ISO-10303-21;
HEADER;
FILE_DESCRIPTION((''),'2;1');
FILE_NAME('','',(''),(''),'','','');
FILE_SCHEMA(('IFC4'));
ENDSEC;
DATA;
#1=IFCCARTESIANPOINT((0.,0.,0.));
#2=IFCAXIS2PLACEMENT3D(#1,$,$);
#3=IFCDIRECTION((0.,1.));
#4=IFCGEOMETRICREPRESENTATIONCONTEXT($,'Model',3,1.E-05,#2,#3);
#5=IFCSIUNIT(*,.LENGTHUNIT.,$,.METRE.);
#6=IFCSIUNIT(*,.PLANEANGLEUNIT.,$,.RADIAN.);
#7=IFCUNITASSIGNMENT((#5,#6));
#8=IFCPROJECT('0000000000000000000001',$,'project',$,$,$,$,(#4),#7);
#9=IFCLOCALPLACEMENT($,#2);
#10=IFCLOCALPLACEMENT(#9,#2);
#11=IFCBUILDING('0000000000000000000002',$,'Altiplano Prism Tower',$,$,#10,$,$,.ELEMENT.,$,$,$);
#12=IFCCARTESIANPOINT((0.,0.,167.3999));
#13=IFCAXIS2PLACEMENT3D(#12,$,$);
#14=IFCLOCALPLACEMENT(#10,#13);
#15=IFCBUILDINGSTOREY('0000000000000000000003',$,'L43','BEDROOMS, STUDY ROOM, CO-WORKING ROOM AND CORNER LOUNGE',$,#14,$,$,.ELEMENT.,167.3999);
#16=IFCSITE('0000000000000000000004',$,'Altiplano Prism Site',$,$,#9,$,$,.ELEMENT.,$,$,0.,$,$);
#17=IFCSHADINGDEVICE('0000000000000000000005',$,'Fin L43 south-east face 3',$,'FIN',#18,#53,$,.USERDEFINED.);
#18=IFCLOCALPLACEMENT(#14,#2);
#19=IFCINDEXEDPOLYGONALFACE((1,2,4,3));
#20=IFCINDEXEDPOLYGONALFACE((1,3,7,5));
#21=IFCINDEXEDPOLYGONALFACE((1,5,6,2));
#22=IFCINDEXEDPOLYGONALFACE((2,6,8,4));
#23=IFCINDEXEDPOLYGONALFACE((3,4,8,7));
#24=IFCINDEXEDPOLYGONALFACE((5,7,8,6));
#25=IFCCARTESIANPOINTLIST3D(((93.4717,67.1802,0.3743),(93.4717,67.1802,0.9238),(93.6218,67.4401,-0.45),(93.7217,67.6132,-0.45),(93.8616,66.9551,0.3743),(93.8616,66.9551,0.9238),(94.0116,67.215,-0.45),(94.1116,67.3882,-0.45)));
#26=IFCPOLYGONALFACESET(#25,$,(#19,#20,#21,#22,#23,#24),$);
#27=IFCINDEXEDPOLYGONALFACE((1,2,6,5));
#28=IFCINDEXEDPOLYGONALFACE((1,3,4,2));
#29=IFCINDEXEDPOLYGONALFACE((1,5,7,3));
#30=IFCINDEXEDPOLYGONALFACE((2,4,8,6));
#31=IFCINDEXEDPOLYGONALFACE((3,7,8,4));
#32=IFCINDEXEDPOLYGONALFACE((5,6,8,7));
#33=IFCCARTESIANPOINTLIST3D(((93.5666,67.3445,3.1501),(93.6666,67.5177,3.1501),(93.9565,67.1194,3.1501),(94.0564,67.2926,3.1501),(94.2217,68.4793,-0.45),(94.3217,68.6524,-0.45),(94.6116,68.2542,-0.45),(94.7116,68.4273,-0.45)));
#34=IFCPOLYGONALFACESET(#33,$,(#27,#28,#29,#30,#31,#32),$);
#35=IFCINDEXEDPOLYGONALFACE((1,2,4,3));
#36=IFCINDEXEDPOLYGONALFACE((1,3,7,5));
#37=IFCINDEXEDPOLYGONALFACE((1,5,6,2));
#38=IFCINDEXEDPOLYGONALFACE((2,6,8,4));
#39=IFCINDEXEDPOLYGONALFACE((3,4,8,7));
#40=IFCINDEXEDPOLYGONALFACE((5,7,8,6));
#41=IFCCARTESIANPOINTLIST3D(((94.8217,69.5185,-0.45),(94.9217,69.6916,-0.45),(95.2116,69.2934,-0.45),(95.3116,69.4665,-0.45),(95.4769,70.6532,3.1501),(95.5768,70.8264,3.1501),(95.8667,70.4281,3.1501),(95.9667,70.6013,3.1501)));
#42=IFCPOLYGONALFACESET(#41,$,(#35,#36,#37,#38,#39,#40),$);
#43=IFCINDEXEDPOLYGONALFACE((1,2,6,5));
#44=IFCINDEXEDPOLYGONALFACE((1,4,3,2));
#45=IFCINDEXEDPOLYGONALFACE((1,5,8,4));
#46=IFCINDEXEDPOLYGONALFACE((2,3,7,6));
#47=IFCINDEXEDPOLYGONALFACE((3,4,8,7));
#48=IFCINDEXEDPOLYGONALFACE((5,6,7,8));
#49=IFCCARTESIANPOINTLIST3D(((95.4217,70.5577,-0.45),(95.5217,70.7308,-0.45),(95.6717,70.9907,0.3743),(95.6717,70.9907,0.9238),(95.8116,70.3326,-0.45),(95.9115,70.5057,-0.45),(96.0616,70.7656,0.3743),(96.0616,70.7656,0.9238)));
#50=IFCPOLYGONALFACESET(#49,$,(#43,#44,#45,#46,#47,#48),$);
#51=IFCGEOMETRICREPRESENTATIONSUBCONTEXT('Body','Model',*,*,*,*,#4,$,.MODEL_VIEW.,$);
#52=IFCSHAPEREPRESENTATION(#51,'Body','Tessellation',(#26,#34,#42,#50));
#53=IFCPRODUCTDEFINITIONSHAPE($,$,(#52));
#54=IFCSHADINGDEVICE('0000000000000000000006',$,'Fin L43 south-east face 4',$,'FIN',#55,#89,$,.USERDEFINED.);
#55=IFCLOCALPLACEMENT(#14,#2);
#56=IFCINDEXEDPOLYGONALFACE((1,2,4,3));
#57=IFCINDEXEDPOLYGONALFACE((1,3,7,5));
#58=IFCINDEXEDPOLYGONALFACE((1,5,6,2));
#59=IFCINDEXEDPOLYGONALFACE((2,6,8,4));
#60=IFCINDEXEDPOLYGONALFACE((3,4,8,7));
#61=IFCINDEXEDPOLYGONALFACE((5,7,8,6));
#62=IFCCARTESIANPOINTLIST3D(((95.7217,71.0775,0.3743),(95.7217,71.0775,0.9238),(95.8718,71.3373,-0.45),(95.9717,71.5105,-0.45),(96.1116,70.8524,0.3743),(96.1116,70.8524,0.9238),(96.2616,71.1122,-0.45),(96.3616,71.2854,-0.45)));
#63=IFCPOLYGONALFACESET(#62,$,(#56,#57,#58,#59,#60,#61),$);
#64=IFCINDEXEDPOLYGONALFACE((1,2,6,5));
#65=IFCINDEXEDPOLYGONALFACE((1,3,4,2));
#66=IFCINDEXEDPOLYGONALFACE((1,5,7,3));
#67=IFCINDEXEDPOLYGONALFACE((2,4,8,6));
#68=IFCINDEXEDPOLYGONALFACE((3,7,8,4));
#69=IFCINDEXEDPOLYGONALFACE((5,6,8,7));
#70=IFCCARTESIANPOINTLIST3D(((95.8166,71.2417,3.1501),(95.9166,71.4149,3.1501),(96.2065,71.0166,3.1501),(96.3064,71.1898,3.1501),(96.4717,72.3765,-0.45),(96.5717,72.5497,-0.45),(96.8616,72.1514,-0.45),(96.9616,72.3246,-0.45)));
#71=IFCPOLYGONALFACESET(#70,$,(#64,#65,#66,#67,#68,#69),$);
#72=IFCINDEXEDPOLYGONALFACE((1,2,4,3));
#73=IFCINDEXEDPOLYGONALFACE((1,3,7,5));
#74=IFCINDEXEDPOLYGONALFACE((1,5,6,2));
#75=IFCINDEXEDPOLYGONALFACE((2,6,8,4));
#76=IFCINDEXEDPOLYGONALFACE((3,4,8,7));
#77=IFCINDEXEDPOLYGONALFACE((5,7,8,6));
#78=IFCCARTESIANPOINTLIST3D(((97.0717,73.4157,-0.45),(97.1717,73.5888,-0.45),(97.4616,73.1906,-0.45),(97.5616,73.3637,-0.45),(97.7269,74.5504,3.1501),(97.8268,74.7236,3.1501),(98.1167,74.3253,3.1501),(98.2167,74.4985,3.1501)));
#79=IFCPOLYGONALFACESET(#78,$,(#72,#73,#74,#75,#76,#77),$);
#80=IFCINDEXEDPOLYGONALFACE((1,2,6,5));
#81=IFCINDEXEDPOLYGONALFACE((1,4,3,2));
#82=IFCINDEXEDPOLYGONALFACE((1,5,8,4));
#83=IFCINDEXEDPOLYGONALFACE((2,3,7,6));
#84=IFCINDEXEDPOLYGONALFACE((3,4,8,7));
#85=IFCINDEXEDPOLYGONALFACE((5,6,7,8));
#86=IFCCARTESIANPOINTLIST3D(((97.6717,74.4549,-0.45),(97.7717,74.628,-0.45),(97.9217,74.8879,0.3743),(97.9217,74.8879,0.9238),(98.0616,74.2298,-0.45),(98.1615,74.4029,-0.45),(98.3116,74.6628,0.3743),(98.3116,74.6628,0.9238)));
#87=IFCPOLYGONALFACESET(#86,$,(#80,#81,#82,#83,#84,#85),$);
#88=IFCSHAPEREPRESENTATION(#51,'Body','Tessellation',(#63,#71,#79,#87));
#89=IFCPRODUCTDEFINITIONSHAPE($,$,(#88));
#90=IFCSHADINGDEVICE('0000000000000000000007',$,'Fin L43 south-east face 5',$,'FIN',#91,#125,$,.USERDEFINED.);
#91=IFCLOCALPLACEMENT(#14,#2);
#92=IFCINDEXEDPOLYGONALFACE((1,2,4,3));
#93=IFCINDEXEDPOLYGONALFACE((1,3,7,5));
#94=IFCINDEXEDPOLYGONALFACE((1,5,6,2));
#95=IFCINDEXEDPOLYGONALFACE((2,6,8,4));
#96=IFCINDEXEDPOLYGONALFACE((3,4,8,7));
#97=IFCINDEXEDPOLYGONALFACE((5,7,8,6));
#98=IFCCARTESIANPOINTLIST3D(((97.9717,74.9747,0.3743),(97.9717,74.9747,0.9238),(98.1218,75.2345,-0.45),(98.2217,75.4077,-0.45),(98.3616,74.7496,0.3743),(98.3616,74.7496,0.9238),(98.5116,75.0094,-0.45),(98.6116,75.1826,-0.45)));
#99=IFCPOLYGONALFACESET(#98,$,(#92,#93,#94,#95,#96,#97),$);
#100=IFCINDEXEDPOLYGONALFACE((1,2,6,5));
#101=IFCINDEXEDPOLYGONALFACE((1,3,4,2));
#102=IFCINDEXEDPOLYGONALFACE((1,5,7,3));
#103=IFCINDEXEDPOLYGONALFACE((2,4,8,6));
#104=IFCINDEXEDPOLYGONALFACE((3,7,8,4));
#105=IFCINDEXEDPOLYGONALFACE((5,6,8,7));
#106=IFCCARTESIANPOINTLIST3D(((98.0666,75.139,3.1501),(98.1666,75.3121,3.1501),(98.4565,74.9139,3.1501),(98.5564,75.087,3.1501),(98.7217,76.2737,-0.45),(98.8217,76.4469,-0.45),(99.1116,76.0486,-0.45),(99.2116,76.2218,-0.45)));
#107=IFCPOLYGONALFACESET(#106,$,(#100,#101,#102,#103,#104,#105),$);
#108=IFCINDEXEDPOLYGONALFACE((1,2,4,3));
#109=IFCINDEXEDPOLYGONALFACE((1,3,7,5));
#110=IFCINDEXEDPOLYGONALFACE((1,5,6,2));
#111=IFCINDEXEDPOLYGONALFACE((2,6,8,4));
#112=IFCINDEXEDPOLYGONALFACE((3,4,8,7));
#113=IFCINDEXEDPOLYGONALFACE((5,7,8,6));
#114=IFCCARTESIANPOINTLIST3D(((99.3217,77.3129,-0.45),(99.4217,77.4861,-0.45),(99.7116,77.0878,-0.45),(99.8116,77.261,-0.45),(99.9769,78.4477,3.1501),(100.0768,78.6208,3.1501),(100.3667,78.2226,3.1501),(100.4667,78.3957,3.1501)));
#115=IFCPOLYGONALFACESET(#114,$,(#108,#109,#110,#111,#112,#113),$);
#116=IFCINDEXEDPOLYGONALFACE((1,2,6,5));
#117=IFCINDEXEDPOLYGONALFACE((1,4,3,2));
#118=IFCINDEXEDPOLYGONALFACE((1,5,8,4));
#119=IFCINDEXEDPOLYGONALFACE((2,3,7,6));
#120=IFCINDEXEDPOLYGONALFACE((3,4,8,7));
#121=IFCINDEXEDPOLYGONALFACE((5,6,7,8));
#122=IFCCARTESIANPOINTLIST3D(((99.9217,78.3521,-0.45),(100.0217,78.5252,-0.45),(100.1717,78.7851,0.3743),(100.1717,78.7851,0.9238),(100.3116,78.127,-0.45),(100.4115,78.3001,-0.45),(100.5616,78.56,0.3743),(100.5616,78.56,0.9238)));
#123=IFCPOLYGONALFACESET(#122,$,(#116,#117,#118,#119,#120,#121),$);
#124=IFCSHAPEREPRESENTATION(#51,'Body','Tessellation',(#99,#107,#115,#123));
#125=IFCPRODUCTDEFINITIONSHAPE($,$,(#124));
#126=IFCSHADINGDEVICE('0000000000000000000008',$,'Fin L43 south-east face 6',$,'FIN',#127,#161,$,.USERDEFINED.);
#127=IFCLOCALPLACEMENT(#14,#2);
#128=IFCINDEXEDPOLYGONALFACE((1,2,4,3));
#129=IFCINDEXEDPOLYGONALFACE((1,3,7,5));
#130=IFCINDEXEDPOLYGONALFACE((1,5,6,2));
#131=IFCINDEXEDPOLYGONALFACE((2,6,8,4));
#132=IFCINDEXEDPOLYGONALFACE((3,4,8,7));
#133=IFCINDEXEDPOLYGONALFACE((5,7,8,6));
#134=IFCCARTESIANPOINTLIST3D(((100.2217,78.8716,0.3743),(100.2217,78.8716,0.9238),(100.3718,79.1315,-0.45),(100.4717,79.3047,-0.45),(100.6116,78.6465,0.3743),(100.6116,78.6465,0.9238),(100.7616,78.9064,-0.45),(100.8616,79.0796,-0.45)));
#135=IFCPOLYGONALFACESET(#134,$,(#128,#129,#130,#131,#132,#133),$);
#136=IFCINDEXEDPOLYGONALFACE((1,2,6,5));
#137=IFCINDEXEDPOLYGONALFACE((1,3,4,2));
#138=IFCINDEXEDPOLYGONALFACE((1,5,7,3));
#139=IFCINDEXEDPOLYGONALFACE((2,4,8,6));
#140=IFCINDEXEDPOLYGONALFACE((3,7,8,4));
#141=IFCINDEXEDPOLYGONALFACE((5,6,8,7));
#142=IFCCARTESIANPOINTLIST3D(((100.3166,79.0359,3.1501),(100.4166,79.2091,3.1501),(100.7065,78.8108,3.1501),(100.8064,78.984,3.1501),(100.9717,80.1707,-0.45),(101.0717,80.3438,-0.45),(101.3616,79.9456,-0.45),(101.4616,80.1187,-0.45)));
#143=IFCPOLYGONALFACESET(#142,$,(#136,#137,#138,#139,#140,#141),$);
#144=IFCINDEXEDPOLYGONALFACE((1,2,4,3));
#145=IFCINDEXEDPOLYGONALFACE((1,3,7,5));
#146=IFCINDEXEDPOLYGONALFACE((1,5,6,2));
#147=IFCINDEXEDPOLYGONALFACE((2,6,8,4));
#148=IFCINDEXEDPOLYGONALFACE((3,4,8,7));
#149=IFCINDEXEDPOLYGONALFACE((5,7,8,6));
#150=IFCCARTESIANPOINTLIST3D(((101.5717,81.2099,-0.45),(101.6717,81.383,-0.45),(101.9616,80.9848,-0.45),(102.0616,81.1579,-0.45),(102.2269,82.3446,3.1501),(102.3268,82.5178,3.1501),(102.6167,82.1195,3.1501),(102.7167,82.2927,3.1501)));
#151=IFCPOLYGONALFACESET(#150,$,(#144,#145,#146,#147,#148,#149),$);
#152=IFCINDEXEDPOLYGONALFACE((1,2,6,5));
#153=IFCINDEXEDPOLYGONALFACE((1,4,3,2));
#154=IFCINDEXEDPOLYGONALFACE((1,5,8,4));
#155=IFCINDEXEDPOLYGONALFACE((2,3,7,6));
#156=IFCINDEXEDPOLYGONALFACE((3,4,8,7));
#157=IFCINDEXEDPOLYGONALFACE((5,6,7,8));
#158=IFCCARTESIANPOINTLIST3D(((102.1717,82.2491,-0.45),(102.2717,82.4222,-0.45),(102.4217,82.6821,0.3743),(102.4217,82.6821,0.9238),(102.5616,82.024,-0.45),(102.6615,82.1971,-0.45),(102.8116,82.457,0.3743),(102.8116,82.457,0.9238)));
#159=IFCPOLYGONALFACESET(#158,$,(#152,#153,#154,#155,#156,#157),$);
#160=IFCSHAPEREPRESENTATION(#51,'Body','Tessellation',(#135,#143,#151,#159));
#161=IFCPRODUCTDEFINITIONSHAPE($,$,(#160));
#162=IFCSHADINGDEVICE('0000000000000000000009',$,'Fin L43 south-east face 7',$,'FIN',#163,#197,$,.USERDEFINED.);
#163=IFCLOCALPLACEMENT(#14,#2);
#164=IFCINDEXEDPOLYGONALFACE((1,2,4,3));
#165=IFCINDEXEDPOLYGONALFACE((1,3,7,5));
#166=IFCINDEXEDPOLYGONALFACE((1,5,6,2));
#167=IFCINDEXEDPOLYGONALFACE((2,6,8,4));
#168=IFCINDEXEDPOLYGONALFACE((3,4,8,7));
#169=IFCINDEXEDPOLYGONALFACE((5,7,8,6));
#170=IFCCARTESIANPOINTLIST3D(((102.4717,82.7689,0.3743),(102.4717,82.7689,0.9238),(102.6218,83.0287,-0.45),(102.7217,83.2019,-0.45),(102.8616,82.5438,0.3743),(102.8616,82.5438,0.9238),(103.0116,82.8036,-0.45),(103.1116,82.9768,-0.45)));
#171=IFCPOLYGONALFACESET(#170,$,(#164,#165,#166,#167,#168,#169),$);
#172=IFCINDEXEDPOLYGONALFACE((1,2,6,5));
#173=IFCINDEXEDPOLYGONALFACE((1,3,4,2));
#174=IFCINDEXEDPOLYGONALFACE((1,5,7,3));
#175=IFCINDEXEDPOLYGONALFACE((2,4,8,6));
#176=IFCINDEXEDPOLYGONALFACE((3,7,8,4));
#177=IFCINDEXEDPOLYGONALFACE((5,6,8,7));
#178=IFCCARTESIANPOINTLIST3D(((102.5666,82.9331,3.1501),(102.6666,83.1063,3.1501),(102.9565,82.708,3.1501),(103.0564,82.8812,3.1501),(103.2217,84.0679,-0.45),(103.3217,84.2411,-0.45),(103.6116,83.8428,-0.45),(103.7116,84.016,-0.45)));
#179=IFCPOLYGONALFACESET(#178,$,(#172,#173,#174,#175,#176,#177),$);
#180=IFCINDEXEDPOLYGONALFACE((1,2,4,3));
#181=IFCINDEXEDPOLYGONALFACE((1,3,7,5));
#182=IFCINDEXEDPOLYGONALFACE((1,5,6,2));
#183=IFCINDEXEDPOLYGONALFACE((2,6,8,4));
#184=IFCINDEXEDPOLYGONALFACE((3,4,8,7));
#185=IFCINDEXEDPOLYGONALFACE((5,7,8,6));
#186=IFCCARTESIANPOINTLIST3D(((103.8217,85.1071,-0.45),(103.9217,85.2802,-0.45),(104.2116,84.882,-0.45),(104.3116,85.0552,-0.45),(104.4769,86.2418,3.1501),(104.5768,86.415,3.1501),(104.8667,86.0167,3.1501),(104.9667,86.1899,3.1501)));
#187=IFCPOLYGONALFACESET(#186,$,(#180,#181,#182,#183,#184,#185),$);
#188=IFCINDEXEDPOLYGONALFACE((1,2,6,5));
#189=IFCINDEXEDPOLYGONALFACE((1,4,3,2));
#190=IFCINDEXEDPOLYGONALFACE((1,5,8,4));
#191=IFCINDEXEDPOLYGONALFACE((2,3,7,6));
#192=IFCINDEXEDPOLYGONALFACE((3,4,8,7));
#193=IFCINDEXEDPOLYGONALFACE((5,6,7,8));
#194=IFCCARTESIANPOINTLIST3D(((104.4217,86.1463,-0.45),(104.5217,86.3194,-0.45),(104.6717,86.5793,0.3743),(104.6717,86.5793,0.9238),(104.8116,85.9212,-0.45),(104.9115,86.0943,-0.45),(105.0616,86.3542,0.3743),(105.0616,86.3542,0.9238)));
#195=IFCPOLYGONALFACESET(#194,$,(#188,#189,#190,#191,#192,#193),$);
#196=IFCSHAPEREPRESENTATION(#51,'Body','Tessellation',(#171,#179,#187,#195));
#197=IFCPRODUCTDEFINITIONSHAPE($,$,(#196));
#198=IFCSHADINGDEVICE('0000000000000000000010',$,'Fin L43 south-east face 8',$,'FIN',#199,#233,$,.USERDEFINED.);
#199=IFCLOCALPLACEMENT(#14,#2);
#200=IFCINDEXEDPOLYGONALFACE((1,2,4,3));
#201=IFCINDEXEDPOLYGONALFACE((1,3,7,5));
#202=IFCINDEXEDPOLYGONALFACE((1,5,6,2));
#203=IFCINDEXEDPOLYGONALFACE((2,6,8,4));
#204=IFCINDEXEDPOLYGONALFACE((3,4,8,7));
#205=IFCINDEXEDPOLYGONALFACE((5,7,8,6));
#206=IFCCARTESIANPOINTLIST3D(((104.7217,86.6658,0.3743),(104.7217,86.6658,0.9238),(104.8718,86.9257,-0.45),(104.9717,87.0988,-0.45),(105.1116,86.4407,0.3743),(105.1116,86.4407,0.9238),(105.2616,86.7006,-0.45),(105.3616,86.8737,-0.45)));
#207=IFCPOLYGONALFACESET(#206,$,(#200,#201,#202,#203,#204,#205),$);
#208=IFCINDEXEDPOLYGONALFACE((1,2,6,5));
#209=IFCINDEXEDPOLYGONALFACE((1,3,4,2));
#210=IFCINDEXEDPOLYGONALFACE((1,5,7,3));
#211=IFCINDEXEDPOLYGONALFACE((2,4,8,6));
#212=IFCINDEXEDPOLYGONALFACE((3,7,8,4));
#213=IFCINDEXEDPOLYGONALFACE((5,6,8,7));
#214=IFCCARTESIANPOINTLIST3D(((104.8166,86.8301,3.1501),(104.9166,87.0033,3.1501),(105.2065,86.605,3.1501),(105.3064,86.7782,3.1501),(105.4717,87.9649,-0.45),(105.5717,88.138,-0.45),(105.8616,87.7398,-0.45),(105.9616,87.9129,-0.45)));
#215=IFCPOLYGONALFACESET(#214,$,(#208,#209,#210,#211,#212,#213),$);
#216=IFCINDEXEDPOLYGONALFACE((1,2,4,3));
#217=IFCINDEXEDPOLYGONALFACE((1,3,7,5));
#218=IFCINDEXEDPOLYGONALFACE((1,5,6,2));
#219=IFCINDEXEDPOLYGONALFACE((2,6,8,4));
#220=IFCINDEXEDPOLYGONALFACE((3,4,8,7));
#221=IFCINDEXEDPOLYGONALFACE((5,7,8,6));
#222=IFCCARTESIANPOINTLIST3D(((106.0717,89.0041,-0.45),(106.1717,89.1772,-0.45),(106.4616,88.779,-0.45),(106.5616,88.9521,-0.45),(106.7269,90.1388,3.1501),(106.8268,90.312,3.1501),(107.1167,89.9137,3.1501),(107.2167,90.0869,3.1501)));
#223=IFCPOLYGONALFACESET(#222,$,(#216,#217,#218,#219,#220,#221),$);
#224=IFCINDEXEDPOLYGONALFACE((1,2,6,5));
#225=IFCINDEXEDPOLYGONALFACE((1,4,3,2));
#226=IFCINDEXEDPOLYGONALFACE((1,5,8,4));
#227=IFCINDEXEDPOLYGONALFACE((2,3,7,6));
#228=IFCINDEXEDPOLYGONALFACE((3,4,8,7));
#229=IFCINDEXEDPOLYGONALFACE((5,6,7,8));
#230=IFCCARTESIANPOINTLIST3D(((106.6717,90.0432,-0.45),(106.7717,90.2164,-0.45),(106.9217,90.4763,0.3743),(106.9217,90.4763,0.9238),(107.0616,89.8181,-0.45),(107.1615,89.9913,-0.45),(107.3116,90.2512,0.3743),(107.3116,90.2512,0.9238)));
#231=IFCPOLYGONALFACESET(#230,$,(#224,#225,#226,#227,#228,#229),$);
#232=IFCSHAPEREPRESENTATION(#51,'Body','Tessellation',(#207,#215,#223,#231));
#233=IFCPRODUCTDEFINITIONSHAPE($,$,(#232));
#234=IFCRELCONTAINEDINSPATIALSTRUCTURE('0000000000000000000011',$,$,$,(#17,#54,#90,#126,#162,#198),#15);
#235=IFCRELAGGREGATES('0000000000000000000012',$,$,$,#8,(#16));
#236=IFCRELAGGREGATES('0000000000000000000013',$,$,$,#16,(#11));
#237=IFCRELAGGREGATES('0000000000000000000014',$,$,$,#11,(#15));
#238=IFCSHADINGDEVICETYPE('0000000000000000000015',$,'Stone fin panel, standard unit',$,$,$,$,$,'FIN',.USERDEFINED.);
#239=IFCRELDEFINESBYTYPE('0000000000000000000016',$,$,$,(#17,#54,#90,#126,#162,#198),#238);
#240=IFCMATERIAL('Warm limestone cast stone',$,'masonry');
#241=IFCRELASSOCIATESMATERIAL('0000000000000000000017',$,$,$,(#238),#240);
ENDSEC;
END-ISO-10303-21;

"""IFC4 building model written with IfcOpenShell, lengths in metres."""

from ifc_helpers import new_model, si_unit, direction, frame, origin, place, context, subcontext, project, spatial, polyline, outline, extrude, source, transform, mapped, material, type_object, element, save


model = new_model("IFC4")

# Units and contexts
model_context = context("Model", 3, precision=1e-05, world=origin(), true_north=direction((0.0, 1.0)))
body_context = subcontext(model_context, "Body", "Model", "MODEL_VIEW")
ifc_project = project(units=[si_unit("LENGTHUNIT", "METRE"), si_unit("PLANEANGLEUNIT", "RADIAN")], contexts=[model_context])

# Site, building, storey
site_placement = place(None, origin())
site = spatial("IfcSite", under=ifc_project, at=site_placement, Name="Altiplano Prism Site", CompositionType="ELEMENT", RefElevation=0.0)
building_placement = place(site_placement, origin())
building = spatial("IfcBuilding", under=site, at=building_placement, Name="Altiplano Prism Tower", CompositionType="ELEMENT")
storey_placement = place(building_placement, frame((0.0, 0.0, 167.3999)))
storey = spatial("IfcBuildingStorey", under=building, at=storey_placement, Name="L43", Description="BEDROOMS, STUDY ROOM, CO-WORKING ROOM AND CORNER LOUNGE", CompositionType="ELEMENT", Elevation=167.3999)

# Shading devices
ifc_material_1 = material(Name="Warm limestone cast stone", Category="masonry")
shading_device_type_1 = type_object("IfcShadingDeviceType", Name="Stone fin panel, standard unit", ElementType="FIN", PredefinedType="USERDEFINED", material=ifc_material_1)
shared_shape_1 = source(origin(), body_context, "Body", "SweptSolid", [
    extrude(outline(polyline([(-2.2, 1.3738), (-2.2, 0.8242), (-1.8999, 0.0), (-1.7, 0.0), (-2.2, 1.3738)])), frame((0.0, -0.1499, 0.0), z_axis=(0.0, -1.0, 0.0), x_axis=(1.0, 0.0, 0.0)), (0.0, 0.0, 1.0), 0.4502),
    extrude(outline(polyline([(-2.0103, 3.6001), (-0.7, 0.0), (-0.5, 0.0), (-1.8103, 3.6001), (-2.0103, 3.6001)])), frame((0.0, -0.1499, 0.0), z_axis=(0.0, -1.0, 0.0), x_axis=(1.0, 0.0, 0.0)), (0.0, 0.0, 1.0), 0.4502),
    extrude(outline(polyline([(1.8103, 3.6001), (0.5, 0.0), (0.7, 0.0), (2.0103, 3.6001), (1.8103, 3.6001)])), frame((0.0, -0.1499, 0.0), z_axis=(0.0, -1.0, 0.0), x_axis=(1.0, 0.0, 0.0)), (0.0, 0.0, 1.0), 0.4502),
    extrude(outline(polyline([(2.2, 0.8242), (2.2, 1.3738), (1.7, 0.0), (1.8999, 0.0), (2.2, 0.8242)])), frame((0.0, -0.1499, 0.0), z_axis=(0.0, -1.0, 0.0), x_axis=(1.0, 0.0, 0.0)), (0.0, 0.0, 1.0), 0.4502),
])
shading_device_1_placement = place(storey_placement, origin())
element("IfcShadingDevice", 1, at=shading_device_1_placement, inside=storey, type_object=shading_device_type_1, Name="Fin L43 south-east face 3", ObjectType="FIN", PredefinedType="USERDEFINED", context=body_context, shape_type="MappedRepresentation", body=[
    mapped(shared_shape_1, transform((94.4419, 69.1604, -0.45), x_axis=(0.5, 0.866025, 0.0), y_axis=(-0.866025, 0.5, 0.0), z_axis=(0.0, 0.0, 1.0))),
])
shading_device_2_placement = place(storey_placement, origin())
element("IfcShadingDevice", 2, at=shading_device_2_placement, inside=storey, type_object=shading_device_type_1, Name="Fin L43 south-east face 4", ObjectType="FIN", PredefinedType="USERDEFINED", context=body_context, shape_type="MappedRepresentation", body=[
    mapped(shared_shape_1, transform((96.6919, 73.0576, -0.45), x_axis=(0.5, 0.866025, 0.0), y_axis=(-0.866025, 0.5, 0.0), z_axis=(0.0, 0.0, 1.0))),
])
shading_device_3_placement = place(storey_placement, origin())
element("IfcShadingDevice", 3, at=shading_device_3_placement, inside=storey, type_object=shading_device_type_1, Name="Fin L43 south-east face 5", ObjectType="FIN", PredefinedType="USERDEFINED", context=body_context, shape_type="MappedRepresentation", body=[
    mapped(shared_shape_1, transform((98.9419, 76.9548, -0.45), x_axis=(0.5, 0.866025, 0.0), y_axis=(-0.866025, 0.5, 0.0), z_axis=(0.0, 0.0, 1.0))),
])
shading_device_4_placement = place(storey_placement, origin())
element("IfcShadingDevice", 4, at=shading_device_4_placement, inside=storey, type_object=shading_device_type_1, Name="Fin L43 south-east face 6", ObjectType="FIN", PredefinedType="USERDEFINED", context=body_context, shape_type="MappedRepresentation", body=[
    mapped(shared_shape_1, transform((101.1919, 80.8518, -0.45), x_axis=(0.5, 0.866025, 0.0), y_axis=(-0.866025, 0.5, 0.0), z_axis=(0.0, 0.0, 1.0))),
])
shading_device_5_placement = place(storey_placement, origin())
element("IfcShadingDevice", 5, at=shading_device_5_placement, inside=storey, type_object=shading_device_type_1, Name="Fin L43 south-east face 7", ObjectType="FIN", PredefinedType="USERDEFINED", context=body_context, shape_type="MappedRepresentation", body=[
    mapped(shared_shape_1, transform((103.4419, 84.749, -0.45), x_axis=(0.5, 0.866025, 0.0), y_axis=(-0.866025, 0.5, 0.0), z_axis=(0.0, 0.0, 1.0))),
])
shading_device_6_placement = place(storey_placement, origin())
element("IfcShadingDevice", 6, at=shading_device_6_placement, inside=storey, type_object=shading_device_type_1, Name="Fin L43 south-east face 8", ObjectType="FIN", PredefinedType="USERDEFINED", context=body_context, shape_type="MappedRepresentation", body=[
    mapped(shared_shape_1, transform((105.6919, 88.646, -0.45), x_axis=(0.5, 0.866025, 0.0), y_axis=(-0.866025, 0.5, 0.0), z_axis=(0.0, 0.0, 1.0))),
])

save(model, "model.ifc")
